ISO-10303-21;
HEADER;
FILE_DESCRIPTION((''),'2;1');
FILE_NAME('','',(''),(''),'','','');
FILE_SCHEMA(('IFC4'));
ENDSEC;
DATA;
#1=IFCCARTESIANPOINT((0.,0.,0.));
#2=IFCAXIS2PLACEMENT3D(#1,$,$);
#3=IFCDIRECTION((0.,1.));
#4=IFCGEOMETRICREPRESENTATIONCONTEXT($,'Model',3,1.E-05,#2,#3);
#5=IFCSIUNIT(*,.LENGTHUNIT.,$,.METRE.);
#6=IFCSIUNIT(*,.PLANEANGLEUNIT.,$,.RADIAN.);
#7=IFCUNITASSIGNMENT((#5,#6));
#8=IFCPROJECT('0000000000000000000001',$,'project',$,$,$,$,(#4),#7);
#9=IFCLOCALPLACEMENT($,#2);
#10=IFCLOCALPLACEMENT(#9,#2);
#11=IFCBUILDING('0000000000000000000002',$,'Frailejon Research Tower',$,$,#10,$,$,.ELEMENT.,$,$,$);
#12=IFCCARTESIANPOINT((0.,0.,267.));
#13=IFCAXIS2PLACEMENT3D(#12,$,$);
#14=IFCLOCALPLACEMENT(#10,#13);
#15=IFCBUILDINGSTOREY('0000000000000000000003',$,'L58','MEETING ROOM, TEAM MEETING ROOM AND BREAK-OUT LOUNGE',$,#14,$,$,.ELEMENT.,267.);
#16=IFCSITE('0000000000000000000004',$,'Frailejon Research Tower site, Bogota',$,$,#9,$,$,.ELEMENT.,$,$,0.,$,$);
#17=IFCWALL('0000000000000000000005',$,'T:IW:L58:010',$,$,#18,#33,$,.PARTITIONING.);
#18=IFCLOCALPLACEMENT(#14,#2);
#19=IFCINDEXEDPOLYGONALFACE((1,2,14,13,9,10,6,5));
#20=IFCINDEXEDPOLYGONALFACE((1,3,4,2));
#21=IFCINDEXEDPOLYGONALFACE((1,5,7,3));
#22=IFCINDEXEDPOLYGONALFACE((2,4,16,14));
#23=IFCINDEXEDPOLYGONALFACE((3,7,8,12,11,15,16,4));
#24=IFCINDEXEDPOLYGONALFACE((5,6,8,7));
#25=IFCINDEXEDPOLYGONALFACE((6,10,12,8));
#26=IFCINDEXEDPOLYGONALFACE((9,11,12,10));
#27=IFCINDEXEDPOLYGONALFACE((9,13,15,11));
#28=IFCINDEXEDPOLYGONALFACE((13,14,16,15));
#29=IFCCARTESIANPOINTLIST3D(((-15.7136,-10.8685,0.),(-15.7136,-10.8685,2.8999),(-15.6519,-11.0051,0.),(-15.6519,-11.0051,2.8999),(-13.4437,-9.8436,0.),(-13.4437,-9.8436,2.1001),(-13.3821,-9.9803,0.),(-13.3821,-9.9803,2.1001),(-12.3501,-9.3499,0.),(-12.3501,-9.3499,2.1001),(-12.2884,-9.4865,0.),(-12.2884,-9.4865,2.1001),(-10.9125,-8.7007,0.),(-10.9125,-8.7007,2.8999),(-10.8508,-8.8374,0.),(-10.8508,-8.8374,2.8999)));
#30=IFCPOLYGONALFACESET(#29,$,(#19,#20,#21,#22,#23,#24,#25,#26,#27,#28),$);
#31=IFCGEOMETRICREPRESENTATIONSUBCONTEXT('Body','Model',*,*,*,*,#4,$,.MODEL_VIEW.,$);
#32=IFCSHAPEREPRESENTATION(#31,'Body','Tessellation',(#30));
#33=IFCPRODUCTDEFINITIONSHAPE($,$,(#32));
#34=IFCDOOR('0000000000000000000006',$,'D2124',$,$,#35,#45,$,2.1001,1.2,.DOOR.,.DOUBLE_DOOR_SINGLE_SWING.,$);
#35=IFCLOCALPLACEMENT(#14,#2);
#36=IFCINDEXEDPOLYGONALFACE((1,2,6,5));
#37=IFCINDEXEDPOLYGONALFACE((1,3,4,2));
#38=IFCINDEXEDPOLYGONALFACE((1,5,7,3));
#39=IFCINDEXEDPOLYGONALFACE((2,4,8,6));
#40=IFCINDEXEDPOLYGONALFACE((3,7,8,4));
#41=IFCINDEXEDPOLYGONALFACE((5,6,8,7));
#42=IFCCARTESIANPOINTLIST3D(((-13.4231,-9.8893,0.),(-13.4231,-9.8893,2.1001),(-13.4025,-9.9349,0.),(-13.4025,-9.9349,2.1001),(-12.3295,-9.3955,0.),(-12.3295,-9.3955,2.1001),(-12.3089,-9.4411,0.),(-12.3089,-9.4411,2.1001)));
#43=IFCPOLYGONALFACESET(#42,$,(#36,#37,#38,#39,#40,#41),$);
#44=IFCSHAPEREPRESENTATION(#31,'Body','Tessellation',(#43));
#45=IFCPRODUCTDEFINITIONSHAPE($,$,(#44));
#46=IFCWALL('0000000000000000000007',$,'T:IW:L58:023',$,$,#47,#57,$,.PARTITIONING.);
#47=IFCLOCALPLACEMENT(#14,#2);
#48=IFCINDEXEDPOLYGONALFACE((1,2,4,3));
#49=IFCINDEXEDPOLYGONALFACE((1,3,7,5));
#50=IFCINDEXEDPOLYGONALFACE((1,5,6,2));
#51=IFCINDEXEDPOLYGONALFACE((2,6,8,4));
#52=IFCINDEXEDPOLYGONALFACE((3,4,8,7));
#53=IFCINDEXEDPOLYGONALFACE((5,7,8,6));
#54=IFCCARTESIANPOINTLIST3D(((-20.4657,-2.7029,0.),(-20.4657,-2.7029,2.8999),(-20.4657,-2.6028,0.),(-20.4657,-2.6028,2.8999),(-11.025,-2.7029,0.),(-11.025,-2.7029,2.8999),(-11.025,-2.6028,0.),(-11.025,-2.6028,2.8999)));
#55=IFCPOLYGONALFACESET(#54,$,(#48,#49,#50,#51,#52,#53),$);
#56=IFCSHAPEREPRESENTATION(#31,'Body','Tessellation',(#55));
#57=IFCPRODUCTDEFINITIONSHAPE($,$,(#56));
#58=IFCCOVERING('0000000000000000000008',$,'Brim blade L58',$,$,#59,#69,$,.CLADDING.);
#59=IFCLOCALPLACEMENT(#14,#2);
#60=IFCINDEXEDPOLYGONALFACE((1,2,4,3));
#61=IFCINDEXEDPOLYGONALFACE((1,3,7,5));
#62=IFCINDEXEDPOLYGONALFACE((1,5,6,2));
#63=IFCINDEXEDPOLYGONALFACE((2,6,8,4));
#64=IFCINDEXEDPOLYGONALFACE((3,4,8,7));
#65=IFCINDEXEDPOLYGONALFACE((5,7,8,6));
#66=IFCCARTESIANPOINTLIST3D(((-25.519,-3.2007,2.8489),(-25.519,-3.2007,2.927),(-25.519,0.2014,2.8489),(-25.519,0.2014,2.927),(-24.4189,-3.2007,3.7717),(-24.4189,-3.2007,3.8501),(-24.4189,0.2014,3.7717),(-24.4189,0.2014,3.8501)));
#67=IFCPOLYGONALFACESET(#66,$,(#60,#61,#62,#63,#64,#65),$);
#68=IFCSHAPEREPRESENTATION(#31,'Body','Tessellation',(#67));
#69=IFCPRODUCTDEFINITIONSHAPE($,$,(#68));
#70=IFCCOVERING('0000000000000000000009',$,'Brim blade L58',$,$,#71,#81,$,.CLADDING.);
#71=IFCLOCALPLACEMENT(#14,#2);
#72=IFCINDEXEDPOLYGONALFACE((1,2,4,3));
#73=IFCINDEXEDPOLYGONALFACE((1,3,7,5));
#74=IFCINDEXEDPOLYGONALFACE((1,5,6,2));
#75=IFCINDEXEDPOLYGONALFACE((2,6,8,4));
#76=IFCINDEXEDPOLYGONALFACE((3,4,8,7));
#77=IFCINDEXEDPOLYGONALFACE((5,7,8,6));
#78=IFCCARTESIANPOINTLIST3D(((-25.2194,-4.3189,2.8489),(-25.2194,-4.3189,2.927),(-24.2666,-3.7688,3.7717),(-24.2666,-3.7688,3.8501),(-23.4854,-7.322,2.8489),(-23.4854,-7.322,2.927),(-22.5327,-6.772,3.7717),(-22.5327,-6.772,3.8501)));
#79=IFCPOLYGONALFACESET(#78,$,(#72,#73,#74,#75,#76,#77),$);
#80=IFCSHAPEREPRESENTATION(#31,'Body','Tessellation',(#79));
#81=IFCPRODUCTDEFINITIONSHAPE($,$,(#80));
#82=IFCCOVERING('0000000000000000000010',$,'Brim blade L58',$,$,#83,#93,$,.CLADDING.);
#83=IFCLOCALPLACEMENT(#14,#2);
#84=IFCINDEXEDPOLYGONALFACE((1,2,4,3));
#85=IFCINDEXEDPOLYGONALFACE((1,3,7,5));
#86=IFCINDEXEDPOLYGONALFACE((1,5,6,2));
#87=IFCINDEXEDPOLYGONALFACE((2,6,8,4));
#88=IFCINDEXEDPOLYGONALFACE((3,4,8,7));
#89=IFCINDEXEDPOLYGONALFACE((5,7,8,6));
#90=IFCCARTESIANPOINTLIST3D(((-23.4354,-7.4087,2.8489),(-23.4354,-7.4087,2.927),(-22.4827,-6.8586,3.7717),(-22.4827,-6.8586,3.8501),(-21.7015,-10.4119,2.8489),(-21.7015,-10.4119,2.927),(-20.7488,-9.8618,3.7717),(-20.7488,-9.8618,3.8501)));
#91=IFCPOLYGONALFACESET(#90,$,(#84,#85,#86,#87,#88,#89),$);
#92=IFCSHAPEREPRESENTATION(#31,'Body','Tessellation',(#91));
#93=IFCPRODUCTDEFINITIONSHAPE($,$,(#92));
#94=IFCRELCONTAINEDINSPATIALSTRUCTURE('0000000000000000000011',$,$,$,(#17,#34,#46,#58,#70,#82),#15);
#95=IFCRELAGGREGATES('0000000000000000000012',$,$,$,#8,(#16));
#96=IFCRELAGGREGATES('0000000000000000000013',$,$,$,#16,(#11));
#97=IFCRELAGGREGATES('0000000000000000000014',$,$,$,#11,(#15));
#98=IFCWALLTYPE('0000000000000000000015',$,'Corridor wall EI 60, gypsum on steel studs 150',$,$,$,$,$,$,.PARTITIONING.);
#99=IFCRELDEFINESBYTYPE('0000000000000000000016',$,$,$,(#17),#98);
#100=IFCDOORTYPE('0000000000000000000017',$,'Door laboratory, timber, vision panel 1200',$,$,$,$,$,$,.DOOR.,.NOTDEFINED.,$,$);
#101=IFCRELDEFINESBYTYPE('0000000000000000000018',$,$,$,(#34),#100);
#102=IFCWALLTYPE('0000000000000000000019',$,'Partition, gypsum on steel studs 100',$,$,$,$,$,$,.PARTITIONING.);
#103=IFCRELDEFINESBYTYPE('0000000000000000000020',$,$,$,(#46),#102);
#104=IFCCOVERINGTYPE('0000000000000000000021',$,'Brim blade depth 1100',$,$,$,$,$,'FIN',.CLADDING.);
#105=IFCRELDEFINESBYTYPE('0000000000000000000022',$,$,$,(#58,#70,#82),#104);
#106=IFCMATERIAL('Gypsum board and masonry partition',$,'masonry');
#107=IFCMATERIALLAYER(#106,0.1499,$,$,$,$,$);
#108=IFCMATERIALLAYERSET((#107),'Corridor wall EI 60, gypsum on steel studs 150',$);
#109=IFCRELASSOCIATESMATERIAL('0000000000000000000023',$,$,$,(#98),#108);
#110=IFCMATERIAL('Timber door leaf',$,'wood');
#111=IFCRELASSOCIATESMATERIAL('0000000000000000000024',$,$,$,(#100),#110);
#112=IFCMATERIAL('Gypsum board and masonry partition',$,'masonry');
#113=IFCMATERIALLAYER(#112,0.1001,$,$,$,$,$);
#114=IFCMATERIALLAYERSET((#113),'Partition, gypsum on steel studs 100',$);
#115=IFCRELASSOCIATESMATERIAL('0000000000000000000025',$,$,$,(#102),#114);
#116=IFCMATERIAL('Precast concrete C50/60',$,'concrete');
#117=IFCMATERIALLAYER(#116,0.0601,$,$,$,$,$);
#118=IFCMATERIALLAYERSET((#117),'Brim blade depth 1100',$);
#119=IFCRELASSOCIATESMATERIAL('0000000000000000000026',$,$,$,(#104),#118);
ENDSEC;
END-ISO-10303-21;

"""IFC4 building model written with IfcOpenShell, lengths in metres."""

from ifc_helpers import new_model, si_unit, direction, frame, frame_2d, origin, place, context, subcontext, project, spatial, polyline, rectangle, outline, extrude, material, layer, layer_set, type_object, element, fill, save


model = new_model("IFC4")

# Units and contexts
model_context = context("Model", 3, precision=1e-05, world=origin(), true_north=direction((0.0, 1.0)))
body_context = subcontext(model_context, "Body", "Model", "MODEL_VIEW")
ifc_project = project(units=[si_unit("LENGTHUNIT", "METRE"), si_unit("PLANEANGLEUNIT", "RADIAN")], contexts=[model_context])

# Site, building, storey
site_placement = place(None, origin())
site = spatial("IfcSite", under=ifc_project, at=site_placement, Name="Frailejon Research Tower site, Bogota", CompositionType="ELEMENT", RefElevation=0.0)
building_placement = place(site_placement, origin())
building = spatial("IfcBuilding", under=site, at=building_placement, Name="Frailejon Research Tower", CompositionType="ELEMENT")
storey_placement = place(building_placement, frame((0.0, 0.0, 267.0)))
storey = spatial("IfcBuildingStorey", under=building, at=storey_placement, Name="L58", Description="MEETING ROOM, TEAM MEETING ROOM AND BREAK-OUT LOUNGE", CompositionType="ELEMENT", Elevation=267.0)

# Wall, opening, door
ifc_material_1 = material(Name="Gypsum board and masonry partition", Category="masonry")
ifc_layer_1 = layer(ifc_material_1, 0.1499)
ifc_layer_set_1 = layer_set([ifc_layer_1], Name="Corridor wall EI 60, gypsum on steel studs 150")
wall_type_1 = type_object("IfcWallType", Name="Corridor wall EI 60, gypsum on steel studs 150", PredefinedType="PARTITIONING", material=ifc_layer_set_1)
wall_1_placement = place(storey_placement, frame((-15.6826, -10.9368, 0.0), z_axis=(0.0, 0.0, 1.0), x_axis=(0.911405, 0.411511, 0.0)))
wall_1 = element("IfcWall", 1, at=wall_1_placement, inside=storey, type_object=wall_type_1, Name="T:IW:L58:010", PredefinedType="PARTITIONING", context=body_context, shape_type="SweptSolid", body=[
    extrude(rectangle(XDim=5.2678, YDim=0.1499, at=frame_2d((2.6338, 0.0))), origin(), (0.0, 0.0, 1.0), 2.8999),
])
opening_1_placement = place(wall_1_placement, frame((2.4902, 0.0, 0.0)))
opening_1 = element("IfcOpeningElement", 2, at=opening_1_placement, cuts=wall_1, PredefinedType="OPENING", context=body_context, shape_type="SweptSolid", body=[
    extrude(rectangle(XDim=1.2, YDim=2.1001, at=frame_2d((0.6001, 1.05))), frame((0.0, 0.085, 0.0), z_axis=(0.0, -1.0, 0.0), x_axis=(1.0, 0.0, 0.0)), (0.0, 0.0, 1.0), 0.1699),
])
ifc_material_2 = material(Name="Timber door leaf", Category="wood")
door_type_1 = type_object("IfcDoorType", Name="Door laboratory, timber, vision panel 1200", OperationType="NOTDEFINED", PredefinedType="DOOR", material=ifc_material_2)
door_1_placement = place(opening_1_placement, origin())
door_1 = element("IfcDoor", 3, at=door_1_placement, inside=storey, type_object=door_type_1, Name="D2124", OperationType="DOUBLE_DOOR_SINGLE_SWING", OverallHeight=2.1001, OverallWidth=1.2, PredefinedType="DOOR", context=body_context, shape_type="SweptSolid", body=[
    extrude(rectangle(XDim=1.2, YDim=2.1001, at=frame_2d((0.6001, 1.05))), frame((0.0, 0.0249, 0.0), z_axis=(0.0, -1.0, 0.0), x_axis=(1.0, 0.0, 0.0)), (0.0, 0.0, 1.0), 0.05),
])
fill(opening_1, door_1)

# Wall
ifc_material_3 = material(Name="Gypsum board and masonry partition", Category="masonry")
ifc_layer_2 = layer(ifc_material_3, 0.1001)
ifc_layer_set_2 = layer_set([ifc_layer_2], Name="Partition, gypsum on steel studs 100")
wall_type_2 = type_object("IfcWallType", Name="Partition, gypsum on steel studs 100", PredefinedType="PARTITIONING", material=ifc_layer_set_2)
wall_2_placement = place(storey_placement, frame((-20.4656, -2.6528, 0.0), z_axis=(0.0, 0.0, 1.0), x_axis=(1.0, 0.0, 0.0)))
element("IfcWall", 4, at=wall_2_placement, inside=storey, type_object=wall_type_2, Name="T:IW:L58:023", PredefinedType="PARTITIONING", context=body_context, shape_type="SweptSolid", body=[
    extrude(rectangle(XDim=9.4407, YDim=0.1001, at=frame_2d((4.7202, 0.0))), origin(), (0.0, 0.0, 1.0), 2.8999),
])

# Coverings
ifc_material_4 = material(Name="Precast concrete C50/60", Category="concrete")
ifc_layer_3 = layer(ifc_material_4, 0.0601)
ifc_layer_set_3 = layer_set([ifc_layer_3], Name="Brim blade depth 1100")
covering_type = type_object("IfcCoveringType", Name="Brim blade depth 1100", ElementType="FIN", PredefinedType="CLADDING", material=ifc_layer_set_3)
covering_placement = place(storey_placement, frame((-24.4189, -3.2007, 3.8501), z_axis=(0.0, 1.0, 0.0), x_axis=(-1.0, 0.0, 0.0)))
element("IfcCovering", 5, at=covering_placement, inside=storey, type_object=covering_type, Name="Brim blade L58", PredefinedType="CLADDING", context=body_context, shape_type="SweptSolid", body=[
    extrude(outline(polyline([(0.0, -0.0784), (1.1001, -1.0012), (1.1001, -0.9231), (0.0, 0.0), (0.0, -0.0784)])), origin(), (0.0, 0.0, 1.0), 3.4021),
])
for number, where, z_axis, x_axis, name in (
    (6, (-22.5327, -6.772, 3.8501), (-0.500013, 0.866018, 0.0), (-0.866018, -0.500013, 0.0), "Brim blade L58"),
    (7, (-20.7488, -9.8618, 3.8501), (-0.500001, 0.866025, 0.0), (-0.866025, -0.500001, 0.0), "Brim blade L58"),
):
    element("IfcCovering", number, at=place(storey_placement, frame(where, z_axis=z_axis, x_axis=x_axis)), inside=storey, type_object=covering_type, Name=name, PredefinedType="CLADDING", context=body_context, shape_type="SweptSolid", body=[
        extrude(outline(polyline([(0.0, -0.0784), (1.1001, -1.0012), (1.1001, -0.9231), (0.0, 0.0), (0.0, -0.0784)])), origin(), (0.0, 0.0, 1.0), 3.4678),
    ])

save(model, "model.ifc")
